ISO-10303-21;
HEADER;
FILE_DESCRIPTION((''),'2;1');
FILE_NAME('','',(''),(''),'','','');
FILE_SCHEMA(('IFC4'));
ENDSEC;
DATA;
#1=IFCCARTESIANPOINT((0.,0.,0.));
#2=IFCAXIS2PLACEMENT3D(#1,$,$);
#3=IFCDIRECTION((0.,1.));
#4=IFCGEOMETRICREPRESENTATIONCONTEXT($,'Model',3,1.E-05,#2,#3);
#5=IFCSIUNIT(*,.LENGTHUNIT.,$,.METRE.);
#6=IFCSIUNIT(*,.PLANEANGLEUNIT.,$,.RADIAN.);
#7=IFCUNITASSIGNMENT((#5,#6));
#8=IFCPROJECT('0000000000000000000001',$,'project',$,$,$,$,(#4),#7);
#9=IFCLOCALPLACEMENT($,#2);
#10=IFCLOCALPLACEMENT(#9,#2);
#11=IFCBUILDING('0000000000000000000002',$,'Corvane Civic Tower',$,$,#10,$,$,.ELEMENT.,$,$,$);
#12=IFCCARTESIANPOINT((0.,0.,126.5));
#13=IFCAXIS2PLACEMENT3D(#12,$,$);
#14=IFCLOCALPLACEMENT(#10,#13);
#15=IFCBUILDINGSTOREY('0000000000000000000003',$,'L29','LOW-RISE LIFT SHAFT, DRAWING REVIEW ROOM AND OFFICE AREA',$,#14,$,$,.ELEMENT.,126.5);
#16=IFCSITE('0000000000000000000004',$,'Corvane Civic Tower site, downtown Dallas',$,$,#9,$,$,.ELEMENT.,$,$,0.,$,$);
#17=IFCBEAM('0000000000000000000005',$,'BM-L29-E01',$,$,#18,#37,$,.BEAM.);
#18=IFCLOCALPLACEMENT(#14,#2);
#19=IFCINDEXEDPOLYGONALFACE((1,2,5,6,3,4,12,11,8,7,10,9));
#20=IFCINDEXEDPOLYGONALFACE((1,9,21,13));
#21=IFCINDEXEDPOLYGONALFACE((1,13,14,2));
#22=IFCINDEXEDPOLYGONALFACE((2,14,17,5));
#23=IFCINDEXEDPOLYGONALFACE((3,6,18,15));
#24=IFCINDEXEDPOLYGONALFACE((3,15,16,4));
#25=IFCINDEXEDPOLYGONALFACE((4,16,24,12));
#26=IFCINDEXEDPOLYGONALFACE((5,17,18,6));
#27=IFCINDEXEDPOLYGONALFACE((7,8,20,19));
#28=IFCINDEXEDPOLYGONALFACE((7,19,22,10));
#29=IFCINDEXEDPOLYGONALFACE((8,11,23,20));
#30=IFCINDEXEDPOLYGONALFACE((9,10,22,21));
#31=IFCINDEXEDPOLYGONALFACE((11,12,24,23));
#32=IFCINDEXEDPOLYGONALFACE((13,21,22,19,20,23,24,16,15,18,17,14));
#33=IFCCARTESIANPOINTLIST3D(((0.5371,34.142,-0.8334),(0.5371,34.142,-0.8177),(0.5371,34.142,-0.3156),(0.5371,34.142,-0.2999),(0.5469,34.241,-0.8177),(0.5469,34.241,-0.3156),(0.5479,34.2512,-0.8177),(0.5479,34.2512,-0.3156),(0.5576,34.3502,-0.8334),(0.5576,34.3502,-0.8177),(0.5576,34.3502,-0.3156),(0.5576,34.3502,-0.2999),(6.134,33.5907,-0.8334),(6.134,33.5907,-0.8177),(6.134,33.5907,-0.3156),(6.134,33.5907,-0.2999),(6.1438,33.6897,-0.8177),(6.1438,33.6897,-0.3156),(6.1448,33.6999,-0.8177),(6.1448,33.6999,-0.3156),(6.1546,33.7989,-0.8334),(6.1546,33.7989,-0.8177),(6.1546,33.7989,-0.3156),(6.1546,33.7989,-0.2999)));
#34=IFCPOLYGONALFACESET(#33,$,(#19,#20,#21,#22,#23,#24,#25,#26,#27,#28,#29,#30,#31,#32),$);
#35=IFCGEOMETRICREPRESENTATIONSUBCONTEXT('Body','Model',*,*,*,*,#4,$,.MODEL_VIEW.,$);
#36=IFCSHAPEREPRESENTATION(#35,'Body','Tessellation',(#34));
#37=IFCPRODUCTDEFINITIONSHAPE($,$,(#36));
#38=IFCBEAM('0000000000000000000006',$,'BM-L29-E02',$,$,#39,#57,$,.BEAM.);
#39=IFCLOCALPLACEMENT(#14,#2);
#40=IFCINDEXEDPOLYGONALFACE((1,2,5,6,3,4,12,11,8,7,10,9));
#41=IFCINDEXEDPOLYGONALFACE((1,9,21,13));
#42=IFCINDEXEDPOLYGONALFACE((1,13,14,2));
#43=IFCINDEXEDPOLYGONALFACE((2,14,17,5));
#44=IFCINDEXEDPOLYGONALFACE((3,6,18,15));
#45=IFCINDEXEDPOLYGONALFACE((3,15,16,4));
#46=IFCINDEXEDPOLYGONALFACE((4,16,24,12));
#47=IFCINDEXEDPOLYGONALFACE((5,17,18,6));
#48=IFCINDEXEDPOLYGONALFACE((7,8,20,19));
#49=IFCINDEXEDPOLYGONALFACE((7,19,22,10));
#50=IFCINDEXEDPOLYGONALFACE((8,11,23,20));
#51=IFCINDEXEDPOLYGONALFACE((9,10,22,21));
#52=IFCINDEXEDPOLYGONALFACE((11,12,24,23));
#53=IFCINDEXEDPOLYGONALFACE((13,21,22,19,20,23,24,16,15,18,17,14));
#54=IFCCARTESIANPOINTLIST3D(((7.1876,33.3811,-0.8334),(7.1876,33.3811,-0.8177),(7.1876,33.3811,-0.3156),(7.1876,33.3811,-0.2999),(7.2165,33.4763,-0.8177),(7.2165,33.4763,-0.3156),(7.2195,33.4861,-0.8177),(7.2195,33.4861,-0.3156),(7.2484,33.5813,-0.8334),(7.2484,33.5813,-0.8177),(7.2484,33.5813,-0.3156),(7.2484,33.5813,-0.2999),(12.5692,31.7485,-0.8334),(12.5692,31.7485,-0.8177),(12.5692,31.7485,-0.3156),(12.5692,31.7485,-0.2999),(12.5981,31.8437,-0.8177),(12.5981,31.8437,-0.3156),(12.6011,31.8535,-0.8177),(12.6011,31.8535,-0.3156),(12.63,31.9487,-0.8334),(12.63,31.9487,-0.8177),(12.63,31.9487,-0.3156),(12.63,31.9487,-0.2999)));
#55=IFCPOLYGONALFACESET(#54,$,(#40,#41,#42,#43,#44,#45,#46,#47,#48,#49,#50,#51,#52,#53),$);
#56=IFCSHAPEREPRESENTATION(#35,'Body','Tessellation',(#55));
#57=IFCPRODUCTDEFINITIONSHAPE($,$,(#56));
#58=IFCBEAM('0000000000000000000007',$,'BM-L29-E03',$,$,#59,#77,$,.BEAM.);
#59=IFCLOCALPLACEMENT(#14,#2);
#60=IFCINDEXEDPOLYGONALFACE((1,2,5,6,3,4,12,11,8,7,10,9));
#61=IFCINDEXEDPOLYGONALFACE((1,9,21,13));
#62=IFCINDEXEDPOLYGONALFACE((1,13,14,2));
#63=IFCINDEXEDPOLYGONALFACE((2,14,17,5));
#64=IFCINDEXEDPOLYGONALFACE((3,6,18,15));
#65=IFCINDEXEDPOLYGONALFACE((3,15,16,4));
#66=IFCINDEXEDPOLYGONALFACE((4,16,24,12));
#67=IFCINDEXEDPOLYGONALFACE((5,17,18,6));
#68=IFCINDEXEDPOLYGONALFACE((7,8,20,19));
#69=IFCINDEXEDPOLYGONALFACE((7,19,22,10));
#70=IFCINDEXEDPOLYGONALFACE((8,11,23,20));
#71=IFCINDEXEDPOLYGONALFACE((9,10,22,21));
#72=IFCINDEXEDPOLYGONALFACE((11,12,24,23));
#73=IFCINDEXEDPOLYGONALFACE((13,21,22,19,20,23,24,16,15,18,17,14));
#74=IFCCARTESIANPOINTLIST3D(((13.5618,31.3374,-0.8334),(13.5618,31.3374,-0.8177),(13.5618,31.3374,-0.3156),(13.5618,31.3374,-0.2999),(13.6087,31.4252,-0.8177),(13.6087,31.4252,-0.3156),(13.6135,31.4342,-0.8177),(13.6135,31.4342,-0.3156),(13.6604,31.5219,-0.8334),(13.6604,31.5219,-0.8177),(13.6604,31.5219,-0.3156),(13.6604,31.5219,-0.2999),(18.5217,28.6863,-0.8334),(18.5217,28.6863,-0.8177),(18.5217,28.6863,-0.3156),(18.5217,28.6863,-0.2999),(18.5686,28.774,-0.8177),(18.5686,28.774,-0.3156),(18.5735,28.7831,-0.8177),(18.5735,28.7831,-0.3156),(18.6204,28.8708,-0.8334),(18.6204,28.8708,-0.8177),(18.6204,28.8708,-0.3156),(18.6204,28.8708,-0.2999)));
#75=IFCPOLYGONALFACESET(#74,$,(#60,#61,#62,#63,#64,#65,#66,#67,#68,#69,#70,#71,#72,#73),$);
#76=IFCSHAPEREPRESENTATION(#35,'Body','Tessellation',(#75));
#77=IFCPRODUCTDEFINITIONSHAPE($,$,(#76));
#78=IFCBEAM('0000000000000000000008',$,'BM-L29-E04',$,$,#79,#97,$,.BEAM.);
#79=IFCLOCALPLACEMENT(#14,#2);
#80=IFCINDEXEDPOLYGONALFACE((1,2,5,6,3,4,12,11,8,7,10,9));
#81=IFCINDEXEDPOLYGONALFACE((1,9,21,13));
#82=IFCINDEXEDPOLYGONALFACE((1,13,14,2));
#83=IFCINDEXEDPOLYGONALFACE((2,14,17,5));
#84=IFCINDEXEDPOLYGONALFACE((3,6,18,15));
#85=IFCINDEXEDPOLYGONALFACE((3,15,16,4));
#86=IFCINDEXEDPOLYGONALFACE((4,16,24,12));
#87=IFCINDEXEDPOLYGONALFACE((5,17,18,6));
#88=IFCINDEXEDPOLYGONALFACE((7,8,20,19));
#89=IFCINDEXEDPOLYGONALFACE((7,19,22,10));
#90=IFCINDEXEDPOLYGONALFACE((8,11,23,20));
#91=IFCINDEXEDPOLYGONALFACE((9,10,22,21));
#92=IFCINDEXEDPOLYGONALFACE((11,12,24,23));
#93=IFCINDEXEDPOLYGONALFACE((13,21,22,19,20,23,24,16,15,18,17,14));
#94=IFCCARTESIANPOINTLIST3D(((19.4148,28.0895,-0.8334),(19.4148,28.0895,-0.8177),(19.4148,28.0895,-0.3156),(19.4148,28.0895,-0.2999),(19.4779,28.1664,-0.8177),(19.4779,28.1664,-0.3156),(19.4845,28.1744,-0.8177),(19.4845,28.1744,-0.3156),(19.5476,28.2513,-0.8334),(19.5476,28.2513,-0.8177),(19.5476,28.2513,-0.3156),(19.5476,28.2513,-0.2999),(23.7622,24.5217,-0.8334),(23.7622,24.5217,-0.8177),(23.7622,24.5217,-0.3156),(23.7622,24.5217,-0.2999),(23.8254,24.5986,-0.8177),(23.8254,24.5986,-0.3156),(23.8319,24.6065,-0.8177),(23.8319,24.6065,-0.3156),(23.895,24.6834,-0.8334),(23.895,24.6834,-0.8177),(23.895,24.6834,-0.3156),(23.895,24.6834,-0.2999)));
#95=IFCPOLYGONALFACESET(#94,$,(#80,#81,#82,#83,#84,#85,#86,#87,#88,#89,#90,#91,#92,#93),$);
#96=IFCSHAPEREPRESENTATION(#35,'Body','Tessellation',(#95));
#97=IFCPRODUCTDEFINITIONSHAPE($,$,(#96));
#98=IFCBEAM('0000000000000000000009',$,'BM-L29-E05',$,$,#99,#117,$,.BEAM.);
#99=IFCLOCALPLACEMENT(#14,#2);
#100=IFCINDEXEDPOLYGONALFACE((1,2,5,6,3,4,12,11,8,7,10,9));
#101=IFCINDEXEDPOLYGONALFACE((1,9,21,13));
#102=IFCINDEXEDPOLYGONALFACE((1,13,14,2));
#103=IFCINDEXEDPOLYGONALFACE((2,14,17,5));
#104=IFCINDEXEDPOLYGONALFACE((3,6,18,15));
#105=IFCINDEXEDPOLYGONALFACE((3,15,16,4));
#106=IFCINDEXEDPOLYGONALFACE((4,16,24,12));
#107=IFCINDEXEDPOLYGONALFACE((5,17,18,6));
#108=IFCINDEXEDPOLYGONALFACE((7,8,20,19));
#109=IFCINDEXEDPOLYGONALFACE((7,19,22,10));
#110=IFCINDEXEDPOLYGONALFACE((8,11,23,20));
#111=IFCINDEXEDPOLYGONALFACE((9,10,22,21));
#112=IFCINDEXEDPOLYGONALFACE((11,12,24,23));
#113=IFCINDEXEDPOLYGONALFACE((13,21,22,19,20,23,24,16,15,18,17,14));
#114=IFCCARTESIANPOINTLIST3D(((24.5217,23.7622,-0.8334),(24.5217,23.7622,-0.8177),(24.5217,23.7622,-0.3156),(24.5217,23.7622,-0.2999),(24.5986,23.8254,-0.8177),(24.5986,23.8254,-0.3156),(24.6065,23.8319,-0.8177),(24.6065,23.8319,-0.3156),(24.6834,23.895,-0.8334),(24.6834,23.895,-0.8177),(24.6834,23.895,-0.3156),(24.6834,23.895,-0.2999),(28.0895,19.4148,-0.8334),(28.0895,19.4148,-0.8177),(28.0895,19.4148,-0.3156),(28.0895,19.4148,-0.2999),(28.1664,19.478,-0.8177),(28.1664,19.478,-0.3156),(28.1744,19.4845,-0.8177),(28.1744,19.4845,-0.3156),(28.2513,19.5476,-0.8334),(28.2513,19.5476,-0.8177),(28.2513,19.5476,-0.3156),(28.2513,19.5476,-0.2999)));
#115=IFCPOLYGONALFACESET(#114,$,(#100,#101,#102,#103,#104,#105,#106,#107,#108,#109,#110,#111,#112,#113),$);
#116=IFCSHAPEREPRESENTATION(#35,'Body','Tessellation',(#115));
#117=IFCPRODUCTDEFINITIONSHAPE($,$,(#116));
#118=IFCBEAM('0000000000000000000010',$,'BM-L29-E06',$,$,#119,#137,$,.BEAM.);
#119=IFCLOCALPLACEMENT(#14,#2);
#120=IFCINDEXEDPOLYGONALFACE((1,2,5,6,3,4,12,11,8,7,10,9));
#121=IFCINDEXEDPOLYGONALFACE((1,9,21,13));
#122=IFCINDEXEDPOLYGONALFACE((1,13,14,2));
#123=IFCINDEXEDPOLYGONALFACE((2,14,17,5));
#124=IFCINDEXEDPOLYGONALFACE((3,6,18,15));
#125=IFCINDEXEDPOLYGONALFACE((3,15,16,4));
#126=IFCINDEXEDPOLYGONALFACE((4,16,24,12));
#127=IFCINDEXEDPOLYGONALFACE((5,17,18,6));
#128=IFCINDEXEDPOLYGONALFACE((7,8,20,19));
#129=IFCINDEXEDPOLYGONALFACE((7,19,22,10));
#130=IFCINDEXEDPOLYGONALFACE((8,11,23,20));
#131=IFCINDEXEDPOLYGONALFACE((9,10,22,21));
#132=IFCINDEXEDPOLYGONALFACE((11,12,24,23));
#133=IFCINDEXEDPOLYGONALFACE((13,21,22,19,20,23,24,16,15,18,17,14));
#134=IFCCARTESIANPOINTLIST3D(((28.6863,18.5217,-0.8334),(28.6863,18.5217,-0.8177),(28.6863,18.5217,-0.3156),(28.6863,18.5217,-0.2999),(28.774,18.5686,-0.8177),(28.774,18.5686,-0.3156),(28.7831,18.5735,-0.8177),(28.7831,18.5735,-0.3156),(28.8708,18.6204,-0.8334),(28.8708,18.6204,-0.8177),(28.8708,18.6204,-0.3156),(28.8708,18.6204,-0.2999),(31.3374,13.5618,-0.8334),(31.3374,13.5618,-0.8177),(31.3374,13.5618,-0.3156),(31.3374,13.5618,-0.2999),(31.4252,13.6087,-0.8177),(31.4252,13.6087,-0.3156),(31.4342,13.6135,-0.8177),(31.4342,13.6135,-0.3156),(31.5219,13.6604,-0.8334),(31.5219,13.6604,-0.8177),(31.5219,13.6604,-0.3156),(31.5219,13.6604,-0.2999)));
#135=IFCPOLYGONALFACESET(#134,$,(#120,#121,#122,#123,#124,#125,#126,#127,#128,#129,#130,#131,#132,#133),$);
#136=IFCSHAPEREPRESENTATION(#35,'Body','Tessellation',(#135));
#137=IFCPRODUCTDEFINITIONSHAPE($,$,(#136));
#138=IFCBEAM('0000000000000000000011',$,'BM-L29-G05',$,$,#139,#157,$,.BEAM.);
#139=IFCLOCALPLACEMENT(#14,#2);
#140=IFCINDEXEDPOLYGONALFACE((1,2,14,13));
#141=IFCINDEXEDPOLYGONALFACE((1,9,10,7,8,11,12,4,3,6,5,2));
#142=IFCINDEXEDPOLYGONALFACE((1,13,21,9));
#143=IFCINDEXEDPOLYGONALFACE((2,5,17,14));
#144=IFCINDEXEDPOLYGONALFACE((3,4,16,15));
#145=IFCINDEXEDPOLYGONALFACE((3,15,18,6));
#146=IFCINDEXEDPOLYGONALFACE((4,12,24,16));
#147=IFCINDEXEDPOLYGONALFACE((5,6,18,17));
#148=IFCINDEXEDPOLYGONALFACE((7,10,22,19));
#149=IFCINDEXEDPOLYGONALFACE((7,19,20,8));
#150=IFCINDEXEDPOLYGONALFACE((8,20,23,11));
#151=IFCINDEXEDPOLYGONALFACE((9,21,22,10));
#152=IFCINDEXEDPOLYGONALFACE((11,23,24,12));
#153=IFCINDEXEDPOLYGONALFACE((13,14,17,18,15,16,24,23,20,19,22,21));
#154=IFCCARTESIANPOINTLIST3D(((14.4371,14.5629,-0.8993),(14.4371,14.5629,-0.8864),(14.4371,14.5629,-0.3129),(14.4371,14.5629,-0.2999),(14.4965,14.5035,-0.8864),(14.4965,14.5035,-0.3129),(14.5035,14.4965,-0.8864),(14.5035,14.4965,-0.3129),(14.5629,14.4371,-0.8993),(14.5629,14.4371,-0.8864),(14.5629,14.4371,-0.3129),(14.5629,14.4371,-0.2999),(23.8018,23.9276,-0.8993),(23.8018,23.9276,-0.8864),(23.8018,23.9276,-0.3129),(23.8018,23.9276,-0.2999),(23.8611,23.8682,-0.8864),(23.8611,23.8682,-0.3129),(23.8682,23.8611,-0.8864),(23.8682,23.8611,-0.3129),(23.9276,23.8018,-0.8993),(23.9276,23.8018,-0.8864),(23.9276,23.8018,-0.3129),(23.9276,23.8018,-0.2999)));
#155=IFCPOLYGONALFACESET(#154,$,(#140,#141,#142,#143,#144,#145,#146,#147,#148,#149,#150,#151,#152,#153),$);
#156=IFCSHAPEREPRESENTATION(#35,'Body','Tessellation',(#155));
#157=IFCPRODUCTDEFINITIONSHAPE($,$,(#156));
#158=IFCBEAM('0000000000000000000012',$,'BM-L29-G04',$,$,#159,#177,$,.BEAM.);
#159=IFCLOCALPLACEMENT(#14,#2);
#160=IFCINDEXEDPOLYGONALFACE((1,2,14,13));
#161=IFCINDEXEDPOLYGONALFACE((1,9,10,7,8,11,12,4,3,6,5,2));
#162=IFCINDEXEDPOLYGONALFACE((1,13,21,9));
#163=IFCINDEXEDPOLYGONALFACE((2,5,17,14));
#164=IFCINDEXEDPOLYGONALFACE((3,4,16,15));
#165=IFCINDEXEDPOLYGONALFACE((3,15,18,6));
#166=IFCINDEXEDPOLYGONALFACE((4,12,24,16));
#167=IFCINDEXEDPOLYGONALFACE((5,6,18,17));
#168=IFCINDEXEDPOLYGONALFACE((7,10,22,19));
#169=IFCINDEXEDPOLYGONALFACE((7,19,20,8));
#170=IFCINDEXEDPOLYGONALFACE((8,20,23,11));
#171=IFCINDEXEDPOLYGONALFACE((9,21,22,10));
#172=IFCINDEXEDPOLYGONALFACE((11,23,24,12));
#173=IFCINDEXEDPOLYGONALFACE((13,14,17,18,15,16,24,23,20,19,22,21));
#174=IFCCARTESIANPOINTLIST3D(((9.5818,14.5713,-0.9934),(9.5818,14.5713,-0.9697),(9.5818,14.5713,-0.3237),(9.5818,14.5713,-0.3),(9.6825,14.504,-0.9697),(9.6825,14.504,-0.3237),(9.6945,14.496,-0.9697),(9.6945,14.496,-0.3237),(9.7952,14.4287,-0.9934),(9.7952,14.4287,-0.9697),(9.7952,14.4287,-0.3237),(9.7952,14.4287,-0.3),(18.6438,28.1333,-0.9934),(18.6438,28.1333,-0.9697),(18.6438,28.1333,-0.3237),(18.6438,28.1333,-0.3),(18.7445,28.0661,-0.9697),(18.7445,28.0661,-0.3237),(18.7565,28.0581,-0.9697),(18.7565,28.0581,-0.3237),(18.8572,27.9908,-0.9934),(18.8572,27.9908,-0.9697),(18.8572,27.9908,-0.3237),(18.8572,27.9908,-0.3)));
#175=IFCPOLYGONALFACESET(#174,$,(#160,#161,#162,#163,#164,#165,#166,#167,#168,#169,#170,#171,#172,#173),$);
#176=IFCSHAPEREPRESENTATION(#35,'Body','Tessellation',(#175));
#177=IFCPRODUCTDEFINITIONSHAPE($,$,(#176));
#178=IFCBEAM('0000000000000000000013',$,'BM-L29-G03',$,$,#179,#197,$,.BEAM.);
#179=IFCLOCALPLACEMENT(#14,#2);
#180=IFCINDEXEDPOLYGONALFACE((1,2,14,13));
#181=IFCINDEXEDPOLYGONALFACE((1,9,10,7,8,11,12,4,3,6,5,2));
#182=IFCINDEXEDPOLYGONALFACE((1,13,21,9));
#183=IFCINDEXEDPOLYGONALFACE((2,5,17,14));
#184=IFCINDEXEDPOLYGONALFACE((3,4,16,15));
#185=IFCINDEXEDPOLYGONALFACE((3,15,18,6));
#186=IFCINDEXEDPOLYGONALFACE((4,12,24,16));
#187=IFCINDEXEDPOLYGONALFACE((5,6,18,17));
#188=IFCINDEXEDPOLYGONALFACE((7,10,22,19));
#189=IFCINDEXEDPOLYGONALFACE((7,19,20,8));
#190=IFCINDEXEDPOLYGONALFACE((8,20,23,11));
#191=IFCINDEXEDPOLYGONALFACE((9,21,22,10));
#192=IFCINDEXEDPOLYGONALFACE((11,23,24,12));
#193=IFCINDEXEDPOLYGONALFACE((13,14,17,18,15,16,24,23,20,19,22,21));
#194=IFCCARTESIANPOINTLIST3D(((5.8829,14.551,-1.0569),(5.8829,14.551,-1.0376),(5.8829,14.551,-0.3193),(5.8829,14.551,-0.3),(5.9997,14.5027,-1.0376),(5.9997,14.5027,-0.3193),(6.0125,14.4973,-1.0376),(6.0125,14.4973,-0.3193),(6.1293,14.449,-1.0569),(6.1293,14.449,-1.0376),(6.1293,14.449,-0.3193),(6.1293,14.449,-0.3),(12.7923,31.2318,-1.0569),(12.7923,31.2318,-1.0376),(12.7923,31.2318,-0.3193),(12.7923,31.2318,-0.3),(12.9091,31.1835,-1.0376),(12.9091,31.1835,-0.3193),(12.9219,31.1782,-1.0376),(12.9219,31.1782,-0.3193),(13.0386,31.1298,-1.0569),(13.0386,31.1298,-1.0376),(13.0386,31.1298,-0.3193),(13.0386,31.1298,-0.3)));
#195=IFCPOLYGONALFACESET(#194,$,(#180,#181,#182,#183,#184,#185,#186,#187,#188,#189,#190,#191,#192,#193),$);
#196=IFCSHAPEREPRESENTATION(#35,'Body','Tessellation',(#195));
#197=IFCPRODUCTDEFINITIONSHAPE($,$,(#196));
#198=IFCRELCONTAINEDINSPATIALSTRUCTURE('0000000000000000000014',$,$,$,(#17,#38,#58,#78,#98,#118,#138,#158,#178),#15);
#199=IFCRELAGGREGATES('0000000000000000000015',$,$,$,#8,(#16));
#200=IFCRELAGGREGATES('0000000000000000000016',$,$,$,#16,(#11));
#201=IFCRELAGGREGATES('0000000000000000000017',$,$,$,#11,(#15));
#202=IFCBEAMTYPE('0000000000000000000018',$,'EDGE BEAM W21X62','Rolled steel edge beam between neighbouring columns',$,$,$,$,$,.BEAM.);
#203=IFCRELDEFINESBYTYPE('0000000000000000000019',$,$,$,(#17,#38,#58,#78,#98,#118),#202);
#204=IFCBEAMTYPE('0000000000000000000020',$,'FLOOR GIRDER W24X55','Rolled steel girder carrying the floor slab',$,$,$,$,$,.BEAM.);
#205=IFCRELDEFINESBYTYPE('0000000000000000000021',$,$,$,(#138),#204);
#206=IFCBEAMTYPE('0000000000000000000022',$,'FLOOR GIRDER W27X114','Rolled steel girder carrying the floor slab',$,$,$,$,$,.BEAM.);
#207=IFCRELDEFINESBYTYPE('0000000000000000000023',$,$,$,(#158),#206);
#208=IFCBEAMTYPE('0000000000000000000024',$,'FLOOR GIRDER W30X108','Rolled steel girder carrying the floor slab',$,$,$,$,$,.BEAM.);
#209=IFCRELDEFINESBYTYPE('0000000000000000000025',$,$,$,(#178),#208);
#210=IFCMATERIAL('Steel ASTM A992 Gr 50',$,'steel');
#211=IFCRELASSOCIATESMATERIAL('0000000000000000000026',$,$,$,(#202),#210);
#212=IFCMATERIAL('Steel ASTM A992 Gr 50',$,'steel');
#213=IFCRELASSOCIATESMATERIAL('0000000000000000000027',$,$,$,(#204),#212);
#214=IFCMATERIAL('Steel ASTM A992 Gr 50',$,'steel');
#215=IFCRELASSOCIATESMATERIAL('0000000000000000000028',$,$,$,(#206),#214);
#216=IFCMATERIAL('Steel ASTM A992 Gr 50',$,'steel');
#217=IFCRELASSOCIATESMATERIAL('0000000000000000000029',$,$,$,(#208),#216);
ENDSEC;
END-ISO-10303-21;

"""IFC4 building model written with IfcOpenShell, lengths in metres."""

from ifc_helpers import new_model, si_unit, direction, frame, origin, origin_2d, place, context, subcontext, project, spatial, i_section, extrude, material, material_profile, profile_set, type_object, element, save


model = new_model("IFC4")

# Units and contexts
model_context = context("Model", 3, precision=1e-05, world=origin(), true_north=direction((0.0, 1.0)))
body_context = subcontext(model_context, "Body", "Model", "MODEL_VIEW")
ifc_project = project(units=[si_unit("LENGTHUNIT", "METRE"), si_unit("PLANEANGLEUNIT", "RADIAN")], contexts=[model_context])

# Site, building, storey
site_placement = place(None, origin())
site = spatial("IfcSite", under=ifc_project, at=site_placement, Name="Corvane Civic Tower site, downtown Dallas", CompositionType="ELEMENT", RefElevation=0.0)
building_placement = place(site_placement, origin())
building = spatial("IfcBuilding", under=site, at=building_placement, Name="Corvane Civic Tower", CompositionType="ELEMENT")
storey_placement = place(building_placement, frame((0.0, 0.0, 126.5)))
storey = spatial("IfcBuildingStorey", under=building, at=storey_placement, Name="L29", Description="LOW-RISE LIFT SHAFT, DRAWING REVIEW ROOM AND OFFICE AREA", CompositionType="ELEMENT", Elevation=126.5)

# Beams
ifc_material_1 = material(Name="Steel ASTM A992 Gr 50", Category="steel")
ifc_material_profile_1 = material_profile(ifc_material_1, i_section(OverallWidth=0.2092, OverallDepth=0.5334, WebThickness=0.0103, FlangeThickness=0.0156, at=origin_2d()), Name="W21X62")
ifc_profile_set_1 = profile_set([ifc_material_profile_1], Name="Steel ASTM A992 Gr 50")
beam_type_1 = type_object("IfcBeamType", Name="EDGE BEAM W21X62", Description="Rolled steel edge beam between neighbouring columns", PredefinedType="BEAM", material=ifc_profile_set_1)
beam_1_placement = place(storey_placement, frame((0.5474, 34.2461, -0.5667), z_axis=(0.995184, -0.098021, 0.0), x_axis=(0.098021, 0.995184, 0.0)))
element("IfcBeam", 1, at=beam_1_placement, inside=storey, type_object=beam_type_1, Name="BM-L29-E01", PredefinedType="BEAM", context=body_context, shape_type="SweptSolid", body=[
    extrude(i_section(OverallWidth=0.2092, OverallDepth=0.5334, WebThickness=0.0103, FlangeThickness=0.0156, at=origin_2d()), origin(), (0.0, 0.0, 1.0), 5.624),
])
beam_2_placement = place(storey_placement, frame((7.218, 33.4812, -0.5667), z_axis=(0.956936, -0.290298, 0.0), x_axis=(0.290298, 0.956936, 0.0)))
element("IfcBeam", 2, at=beam_2_placement, inside=storey, type_object=beam_type_1, Name="BM-L29-E02", PredefinedType="BEAM", context=body_context, shape_type="SweptSolid", body=[
    extrude(i_section(OverallWidth=0.2092, OverallDepth=0.5334, WebThickness=0.0103, FlangeThickness=0.0156, at=origin_2d()), origin(), (0.0, 0.0, 1.0), 5.6238),
])
for number, where, z_axis, x_axis, name in (
    (3, (13.6111, 31.4297, -0.5667), (0.881924, -0.471392, 0.0), (0.471392, 0.881924, 0.0), "BM-L29-E03"),
    (4, (19.4812, 28.1704, -0.5667), (0.773007, -0.634398, 0.0), (0.634398, 0.773007, 0.0), "BM-L29-E04"),
    (5, (24.6025, 23.8286, -0.5667), (0.634398, -0.773007, 0.0), (0.773007, 0.634398, 0.0), "BM-L29-E05"),
    (6, (28.7786, 18.571, -0.5667), (0.471392, -0.881924, 0.0), (0.881924, 0.471392, 0.0), "BM-L29-E06"),
):
    element("IfcBeam", number, at=place(storey_placement, frame(where, z_axis=z_axis, x_axis=x_axis)), inside=storey, type_object=beam_type_1, Name=name, PredefinedType="BEAM", context=body_context, shape_type="SweptSolid", body=[
        extrude(i_section(OverallWidth=0.2092, OverallDepth=0.5334, WebThickness=0.0103, FlangeThickness=0.0156, at=origin_2d()), origin(), (0.0, 0.0, 1.0), 5.624),
    ])
ifc_material_2 = material(Name="Steel ASTM A992 Gr 50", Category="steel")
ifc_material_profile_2 = material_profile(ifc_material_2, i_section(OverallWidth=0.178, OverallDepth=0.5994, WebThickness=0.01, FlangeThickness=0.0129, at=origin_2d()), Name="W24X55")
ifc_profile_set_2 = profile_set([ifc_material_profile_2], Name="Steel ASTM A992 Gr 50")
beam_type_2 = type_object("IfcBeamType", Name="FLOOR GIRDER W24X55", Description="Rolled steel girder carrying the floor slab", PredefinedType="BEAM", material=ifc_profile_set_2)
beam_3_placement = place(storey_placement, frame((14.5, 14.5, -0.5996), z_axis=(0.707107, 0.707107, 0.0), x_axis=(-0.707107, 0.707107, 0.0)))
element("IfcBeam", 7, at=beam_3_placement, inside=storey, type_object=beam_type_2, Name="BM-L29-G05", PredefinedType="BEAM", context=body_context, shape_type="SweptSolid", body=[
    extrude(i_section(OverallWidth=0.178, OverallDepth=0.5994, WebThickness=0.01, FlangeThickness=0.0129, at=origin_2d()), origin(), (0.0, 0.0, 1.0), 13.2437),
])
ifc_material_3 = material(Name="Steel ASTM A992 Gr 50", Category="steel")
ifc_material_profile_3 = material_profile(ifc_material_3, i_section(OverallWidth=0.2566, OverallDepth=0.6934, WebThickness=0.0144, FlangeThickness=0.0237, at=origin_2d()), Name="W27X114")
ifc_profile_set_3 = profile_set([ifc_material_profile_3], Name="Steel ASTM A992 Gr 50")
beam_type_3 = type_object("IfcBeamType", Name="FLOOR GIRDER W27X114", Description="Rolled steel girder carrying the floor slab", PredefinedType="BEAM", material=ifc_profile_set_3)
beam_4_placement = place(storey_placement, frame((9.6885, 14.5, -0.6467), z_axis=(0.555577, 0.831465, 0.0), x_axis=(-0.831465, 0.555577, 0.0)))
element("IfcBeam", 8, at=beam_4_placement, inside=storey, type_object=beam_type_3, Name="BM-L29-G04", PredefinedType="BEAM", context=body_context, shape_type="SweptSolid", body=[
    extrude(i_section(OverallWidth=0.2566, OverallDepth=0.6934, WebThickness=0.0144, FlangeThickness=0.0237, at=origin_2d()), origin(), (0.0, 0.0, 1.0), 16.311),
])
ifc_material_4 = material(Name="Steel ASTM A992 Gr 50", Category="steel")
ifc_material_profile_4 = material_profile(ifc_material_4, i_section(OverallWidth=0.2666, OverallDepth=0.7568, WebThickness=0.0139, FlangeThickness=0.0193, at=origin_2d()), Name="W30X108")
ifc_profile_set_4 = profile_set([ifc_material_profile_4], Name="Steel ASTM A992 Gr 50")
beam_type_4 = type_object("IfcBeamType", Name="FLOOR GIRDER W30X108", Description="Rolled steel girder carrying the floor slab", PredefinedType="BEAM", material=ifc_profile_set_4)
beam_5_placement = place(storey_placement, frame((6.0061, 14.5, -0.6785), z_axis=(0.382682, 0.92388, 0.0), x_axis=(-0.92388, 0.382682, 0.0)))
element("IfcBeam", 9, at=beam_5_placement, inside=storey, type_object=beam_type_4, Name="BM-L29-G03", PredefinedType="BEAM", context=body_context, shape_type="SweptSolid", body=[
    extrude(i_section(OverallWidth=0.2666, OverallDepth=0.7568, WebThickness=0.0139, FlangeThickness=0.0193, at=origin_2d()), origin(), (0.0, 0.0, 1.0), 18.0552),
])

save(model, "model.ifc")
